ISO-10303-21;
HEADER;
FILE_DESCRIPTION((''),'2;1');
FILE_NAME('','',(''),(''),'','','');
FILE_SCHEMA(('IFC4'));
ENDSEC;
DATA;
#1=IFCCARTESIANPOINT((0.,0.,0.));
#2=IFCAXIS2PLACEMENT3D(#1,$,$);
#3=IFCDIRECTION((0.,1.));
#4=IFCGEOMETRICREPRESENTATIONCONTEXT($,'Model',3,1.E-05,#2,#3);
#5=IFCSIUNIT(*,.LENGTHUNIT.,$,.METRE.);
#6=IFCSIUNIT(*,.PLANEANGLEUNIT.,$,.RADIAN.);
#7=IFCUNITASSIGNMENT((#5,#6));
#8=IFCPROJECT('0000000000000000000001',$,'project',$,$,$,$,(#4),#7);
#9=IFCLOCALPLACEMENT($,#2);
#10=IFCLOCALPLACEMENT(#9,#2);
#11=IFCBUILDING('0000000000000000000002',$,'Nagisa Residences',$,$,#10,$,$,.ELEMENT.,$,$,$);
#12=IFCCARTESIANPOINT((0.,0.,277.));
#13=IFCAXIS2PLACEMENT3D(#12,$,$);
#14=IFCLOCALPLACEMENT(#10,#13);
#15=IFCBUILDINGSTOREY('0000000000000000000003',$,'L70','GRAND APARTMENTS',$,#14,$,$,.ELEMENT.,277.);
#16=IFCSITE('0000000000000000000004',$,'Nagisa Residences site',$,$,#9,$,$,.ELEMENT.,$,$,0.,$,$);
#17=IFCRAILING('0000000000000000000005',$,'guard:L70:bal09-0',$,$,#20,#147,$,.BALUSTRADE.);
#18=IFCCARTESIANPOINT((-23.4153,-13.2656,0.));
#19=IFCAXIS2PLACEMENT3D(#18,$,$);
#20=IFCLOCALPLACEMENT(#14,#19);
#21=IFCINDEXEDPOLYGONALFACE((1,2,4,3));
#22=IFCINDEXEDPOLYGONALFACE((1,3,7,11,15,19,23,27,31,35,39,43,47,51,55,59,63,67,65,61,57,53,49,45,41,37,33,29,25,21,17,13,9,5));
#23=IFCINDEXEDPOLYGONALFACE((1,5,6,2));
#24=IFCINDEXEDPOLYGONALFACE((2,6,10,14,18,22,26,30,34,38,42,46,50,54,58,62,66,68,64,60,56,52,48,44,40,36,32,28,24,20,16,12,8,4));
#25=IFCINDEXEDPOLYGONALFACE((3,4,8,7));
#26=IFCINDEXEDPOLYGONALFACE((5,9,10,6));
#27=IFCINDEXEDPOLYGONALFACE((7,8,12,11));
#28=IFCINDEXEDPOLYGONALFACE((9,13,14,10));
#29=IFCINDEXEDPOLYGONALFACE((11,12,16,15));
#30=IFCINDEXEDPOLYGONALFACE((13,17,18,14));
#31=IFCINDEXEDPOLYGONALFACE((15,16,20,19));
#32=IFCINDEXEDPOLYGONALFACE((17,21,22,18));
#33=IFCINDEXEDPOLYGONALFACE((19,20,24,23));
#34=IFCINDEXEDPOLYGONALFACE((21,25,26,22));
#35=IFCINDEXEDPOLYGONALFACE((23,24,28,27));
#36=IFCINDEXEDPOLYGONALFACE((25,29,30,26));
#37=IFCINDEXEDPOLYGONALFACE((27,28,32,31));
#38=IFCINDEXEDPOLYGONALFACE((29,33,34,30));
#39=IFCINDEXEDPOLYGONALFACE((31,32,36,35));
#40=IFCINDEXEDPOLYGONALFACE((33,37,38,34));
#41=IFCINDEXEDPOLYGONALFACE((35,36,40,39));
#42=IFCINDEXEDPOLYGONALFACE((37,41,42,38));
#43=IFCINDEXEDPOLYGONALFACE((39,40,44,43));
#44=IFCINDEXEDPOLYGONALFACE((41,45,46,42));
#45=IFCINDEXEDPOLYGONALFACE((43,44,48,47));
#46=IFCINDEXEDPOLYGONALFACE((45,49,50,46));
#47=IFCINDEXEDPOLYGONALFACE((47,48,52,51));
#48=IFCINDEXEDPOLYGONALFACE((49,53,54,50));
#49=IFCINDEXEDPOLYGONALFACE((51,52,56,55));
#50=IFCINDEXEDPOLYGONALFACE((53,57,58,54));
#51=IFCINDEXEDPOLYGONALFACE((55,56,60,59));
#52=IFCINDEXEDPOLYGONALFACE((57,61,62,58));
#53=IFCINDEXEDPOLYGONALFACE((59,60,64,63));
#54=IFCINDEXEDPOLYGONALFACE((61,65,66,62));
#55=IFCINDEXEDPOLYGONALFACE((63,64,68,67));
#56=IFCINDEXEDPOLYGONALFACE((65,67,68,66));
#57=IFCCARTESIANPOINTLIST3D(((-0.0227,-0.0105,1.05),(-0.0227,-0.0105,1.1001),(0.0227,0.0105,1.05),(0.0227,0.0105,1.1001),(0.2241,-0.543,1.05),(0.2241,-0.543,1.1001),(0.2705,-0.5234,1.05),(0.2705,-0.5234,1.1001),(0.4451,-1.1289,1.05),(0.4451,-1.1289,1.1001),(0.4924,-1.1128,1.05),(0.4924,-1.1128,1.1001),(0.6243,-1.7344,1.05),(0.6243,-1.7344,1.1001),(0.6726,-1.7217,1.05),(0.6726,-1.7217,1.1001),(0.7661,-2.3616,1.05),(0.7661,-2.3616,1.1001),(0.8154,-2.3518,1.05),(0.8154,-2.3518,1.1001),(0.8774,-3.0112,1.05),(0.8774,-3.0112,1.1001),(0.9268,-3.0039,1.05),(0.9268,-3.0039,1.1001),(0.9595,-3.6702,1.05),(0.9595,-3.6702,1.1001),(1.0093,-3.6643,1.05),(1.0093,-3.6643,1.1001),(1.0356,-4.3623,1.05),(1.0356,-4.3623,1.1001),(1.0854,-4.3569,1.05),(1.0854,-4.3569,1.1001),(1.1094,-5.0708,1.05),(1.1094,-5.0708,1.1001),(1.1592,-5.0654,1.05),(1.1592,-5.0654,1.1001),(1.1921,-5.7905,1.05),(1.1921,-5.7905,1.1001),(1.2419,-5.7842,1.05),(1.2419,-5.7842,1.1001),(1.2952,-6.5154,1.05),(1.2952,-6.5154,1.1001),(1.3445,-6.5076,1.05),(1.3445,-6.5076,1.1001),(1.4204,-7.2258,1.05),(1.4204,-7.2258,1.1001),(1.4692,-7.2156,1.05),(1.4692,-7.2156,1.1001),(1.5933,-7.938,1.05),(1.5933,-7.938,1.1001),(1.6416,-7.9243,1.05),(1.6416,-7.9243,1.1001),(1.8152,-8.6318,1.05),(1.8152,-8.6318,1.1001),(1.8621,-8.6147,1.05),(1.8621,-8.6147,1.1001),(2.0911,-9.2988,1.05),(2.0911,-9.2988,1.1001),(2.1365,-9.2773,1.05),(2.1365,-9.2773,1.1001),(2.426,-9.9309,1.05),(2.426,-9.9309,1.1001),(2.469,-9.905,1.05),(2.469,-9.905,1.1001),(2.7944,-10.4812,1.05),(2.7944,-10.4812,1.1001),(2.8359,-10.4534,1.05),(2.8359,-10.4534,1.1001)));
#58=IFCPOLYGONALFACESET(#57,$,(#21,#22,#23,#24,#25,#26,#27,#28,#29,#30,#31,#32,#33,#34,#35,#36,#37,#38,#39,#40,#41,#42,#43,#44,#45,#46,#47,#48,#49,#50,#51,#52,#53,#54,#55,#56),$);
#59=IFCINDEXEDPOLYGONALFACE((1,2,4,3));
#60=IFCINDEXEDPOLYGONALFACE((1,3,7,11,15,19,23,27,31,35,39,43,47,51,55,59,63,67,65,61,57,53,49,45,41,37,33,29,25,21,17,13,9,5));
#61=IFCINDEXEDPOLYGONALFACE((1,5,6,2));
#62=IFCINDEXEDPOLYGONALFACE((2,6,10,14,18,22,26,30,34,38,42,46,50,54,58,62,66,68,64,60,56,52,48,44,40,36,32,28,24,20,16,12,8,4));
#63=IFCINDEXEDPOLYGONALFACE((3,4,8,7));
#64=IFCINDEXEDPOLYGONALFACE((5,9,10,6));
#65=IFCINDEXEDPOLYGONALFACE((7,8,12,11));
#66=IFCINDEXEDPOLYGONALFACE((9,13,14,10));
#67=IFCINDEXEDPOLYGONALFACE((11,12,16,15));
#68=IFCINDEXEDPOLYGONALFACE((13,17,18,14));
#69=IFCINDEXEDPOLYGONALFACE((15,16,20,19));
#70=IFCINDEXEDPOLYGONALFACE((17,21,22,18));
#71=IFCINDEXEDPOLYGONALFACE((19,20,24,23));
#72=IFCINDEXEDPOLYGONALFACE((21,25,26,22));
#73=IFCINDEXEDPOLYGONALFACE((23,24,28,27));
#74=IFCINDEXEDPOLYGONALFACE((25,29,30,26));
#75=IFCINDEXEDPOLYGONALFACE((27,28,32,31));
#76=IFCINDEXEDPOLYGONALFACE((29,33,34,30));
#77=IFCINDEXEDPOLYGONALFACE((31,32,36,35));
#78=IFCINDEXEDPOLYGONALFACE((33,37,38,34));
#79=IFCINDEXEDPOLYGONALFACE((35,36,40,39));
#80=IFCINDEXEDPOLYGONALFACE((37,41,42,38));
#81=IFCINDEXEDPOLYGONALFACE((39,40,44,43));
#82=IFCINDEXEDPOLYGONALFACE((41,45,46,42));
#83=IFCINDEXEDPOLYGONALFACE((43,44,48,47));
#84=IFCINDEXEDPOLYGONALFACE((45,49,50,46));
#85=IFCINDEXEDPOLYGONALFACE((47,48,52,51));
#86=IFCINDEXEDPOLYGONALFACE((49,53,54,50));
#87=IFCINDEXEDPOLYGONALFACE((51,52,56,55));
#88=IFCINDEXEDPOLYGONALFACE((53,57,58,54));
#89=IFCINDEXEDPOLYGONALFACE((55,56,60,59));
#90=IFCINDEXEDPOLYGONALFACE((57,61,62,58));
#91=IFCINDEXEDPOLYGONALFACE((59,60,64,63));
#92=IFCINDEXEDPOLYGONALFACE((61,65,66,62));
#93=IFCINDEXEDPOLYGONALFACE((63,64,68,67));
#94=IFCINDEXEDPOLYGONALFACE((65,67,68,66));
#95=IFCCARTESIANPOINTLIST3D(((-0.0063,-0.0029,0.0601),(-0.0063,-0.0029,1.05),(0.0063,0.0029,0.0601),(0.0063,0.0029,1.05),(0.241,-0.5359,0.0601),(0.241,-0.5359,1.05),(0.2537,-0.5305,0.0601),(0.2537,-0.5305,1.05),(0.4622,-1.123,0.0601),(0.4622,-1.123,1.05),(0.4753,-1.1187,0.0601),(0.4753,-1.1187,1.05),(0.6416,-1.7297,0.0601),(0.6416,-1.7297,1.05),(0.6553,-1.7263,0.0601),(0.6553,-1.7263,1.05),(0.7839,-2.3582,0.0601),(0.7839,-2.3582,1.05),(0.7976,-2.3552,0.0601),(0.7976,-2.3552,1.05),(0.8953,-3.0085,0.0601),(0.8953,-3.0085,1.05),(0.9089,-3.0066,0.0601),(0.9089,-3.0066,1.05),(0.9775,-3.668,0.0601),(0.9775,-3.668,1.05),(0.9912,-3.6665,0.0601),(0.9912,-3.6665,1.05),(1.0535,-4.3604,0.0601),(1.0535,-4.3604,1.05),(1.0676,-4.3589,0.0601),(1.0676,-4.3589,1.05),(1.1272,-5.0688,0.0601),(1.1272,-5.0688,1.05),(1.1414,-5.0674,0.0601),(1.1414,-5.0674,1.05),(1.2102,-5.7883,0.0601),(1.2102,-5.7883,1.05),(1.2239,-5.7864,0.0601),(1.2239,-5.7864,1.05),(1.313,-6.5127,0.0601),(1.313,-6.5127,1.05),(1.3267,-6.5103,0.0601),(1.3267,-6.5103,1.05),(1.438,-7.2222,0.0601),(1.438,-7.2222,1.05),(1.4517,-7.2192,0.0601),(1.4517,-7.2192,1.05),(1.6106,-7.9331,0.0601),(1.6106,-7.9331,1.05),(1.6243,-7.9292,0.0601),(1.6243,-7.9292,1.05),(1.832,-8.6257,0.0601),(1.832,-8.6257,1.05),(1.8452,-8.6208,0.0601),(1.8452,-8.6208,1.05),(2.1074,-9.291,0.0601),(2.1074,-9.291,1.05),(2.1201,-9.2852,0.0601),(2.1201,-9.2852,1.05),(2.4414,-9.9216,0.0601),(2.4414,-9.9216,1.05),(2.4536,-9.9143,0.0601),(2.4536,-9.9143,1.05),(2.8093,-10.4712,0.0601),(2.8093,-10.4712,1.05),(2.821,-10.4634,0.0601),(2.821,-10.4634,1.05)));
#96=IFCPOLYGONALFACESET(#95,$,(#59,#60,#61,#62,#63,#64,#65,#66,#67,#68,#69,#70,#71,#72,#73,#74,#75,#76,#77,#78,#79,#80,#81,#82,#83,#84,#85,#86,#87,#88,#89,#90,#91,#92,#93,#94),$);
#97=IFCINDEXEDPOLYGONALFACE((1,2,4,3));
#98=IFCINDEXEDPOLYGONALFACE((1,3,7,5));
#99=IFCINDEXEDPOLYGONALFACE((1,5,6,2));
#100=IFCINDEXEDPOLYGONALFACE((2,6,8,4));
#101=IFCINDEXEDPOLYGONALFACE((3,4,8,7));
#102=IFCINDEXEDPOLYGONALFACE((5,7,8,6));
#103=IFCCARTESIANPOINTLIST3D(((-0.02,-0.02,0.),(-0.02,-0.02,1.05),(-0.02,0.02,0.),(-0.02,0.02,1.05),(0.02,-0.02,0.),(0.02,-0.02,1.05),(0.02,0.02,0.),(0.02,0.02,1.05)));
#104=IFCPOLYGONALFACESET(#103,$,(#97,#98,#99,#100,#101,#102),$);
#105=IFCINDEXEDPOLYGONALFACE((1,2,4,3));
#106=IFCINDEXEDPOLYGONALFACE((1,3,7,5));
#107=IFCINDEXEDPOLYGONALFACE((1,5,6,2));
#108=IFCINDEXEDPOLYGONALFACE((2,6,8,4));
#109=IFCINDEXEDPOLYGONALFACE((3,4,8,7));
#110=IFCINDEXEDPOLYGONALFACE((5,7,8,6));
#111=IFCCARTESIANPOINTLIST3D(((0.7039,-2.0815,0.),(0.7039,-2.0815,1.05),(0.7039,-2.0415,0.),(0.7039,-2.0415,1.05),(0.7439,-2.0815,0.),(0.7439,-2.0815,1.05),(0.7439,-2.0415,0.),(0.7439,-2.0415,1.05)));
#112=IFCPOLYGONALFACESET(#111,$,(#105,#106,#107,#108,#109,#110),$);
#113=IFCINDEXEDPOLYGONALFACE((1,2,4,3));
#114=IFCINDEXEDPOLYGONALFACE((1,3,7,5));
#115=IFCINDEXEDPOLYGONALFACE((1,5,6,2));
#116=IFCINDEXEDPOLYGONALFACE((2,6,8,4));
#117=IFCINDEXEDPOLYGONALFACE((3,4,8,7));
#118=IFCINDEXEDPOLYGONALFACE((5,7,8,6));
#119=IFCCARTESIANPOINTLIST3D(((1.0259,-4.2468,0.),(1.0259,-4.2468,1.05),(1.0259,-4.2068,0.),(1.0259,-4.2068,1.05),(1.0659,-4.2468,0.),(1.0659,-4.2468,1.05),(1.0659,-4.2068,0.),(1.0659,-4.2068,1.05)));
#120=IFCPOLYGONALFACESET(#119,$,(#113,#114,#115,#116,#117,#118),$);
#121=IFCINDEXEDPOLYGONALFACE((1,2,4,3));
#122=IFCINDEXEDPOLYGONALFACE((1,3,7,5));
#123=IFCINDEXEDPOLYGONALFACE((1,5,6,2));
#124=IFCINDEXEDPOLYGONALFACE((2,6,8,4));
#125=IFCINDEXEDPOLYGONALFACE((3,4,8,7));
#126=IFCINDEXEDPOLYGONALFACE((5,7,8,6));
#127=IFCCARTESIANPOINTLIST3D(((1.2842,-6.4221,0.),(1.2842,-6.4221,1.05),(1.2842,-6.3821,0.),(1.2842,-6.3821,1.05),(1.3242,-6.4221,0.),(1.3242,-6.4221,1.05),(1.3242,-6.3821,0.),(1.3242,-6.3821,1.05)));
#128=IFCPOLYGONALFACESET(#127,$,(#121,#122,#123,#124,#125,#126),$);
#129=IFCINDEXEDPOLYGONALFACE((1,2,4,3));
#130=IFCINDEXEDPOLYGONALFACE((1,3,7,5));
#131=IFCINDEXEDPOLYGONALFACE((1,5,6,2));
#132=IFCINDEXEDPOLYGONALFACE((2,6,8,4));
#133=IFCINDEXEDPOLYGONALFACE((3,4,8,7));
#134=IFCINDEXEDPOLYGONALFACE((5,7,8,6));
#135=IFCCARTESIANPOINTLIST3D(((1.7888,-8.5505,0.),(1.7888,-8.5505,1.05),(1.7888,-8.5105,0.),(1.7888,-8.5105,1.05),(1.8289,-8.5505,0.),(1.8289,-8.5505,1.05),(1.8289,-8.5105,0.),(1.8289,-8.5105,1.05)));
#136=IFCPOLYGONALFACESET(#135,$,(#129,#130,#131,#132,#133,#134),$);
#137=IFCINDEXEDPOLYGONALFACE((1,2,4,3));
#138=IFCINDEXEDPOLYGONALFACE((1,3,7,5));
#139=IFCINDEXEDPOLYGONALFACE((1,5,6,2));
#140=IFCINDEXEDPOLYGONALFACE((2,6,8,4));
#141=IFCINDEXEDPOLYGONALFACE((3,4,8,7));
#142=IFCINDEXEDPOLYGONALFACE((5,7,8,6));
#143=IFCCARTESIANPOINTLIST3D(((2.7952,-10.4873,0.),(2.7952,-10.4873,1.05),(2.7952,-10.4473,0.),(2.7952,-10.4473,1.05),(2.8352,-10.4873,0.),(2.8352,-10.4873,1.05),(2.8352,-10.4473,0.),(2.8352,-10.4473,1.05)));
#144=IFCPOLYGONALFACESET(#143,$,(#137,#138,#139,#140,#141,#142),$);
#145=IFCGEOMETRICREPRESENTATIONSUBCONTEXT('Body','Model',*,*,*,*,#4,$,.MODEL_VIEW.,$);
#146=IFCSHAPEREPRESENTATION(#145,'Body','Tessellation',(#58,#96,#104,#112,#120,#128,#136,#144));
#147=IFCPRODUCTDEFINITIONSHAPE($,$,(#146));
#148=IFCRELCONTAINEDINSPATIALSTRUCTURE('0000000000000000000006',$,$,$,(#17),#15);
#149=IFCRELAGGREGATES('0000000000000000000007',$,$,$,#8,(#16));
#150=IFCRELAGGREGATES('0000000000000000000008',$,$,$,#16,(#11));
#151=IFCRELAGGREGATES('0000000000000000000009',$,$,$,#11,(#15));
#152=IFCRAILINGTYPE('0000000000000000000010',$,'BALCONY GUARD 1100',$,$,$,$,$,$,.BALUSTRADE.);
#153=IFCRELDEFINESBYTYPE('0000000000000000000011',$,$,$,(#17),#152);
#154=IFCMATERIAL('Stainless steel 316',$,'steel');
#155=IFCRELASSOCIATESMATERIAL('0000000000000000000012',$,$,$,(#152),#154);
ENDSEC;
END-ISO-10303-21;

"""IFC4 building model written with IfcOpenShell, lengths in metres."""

from ifc_helpers import new_model, si_unit, direction, frame, origin, origin_2d, place, context, subcontext, project, spatial, polyline, rectangle, outline, extrude, material, type_object, element, save


model = new_model("IFC4")

# Units and contexts
model_context = context("Model", 3, precision=1e-05, world=origin(), true_north=direction((0.0, 1.0)))
body_context = subcontext(model_context, "Body", "Model", "MODEL_VIEW")
ifc_project = project(units=[si_unit("LENGTHUNIT", "METRE"), si_unit("PLANEANGLEUNIT", "RADIAN")], contexts=[model_context])

# Site, building, storey
site_placement = place(None, origin())
site = spatial("IfcSite", under=ifc_project, at=site_placement, Name="Nagisa Residences site", CompositionType="ELEMENT", RefElevation=0.0)
building_placement = place(site_placement, origin())
building = spatial("IfcBuilding", under=site, at=building_placement, Name="Nagisa Residences", CompositionType="ELEMENT")
storey_placement = place(building_placement, frame((0.0, 0.0, 277.0)))
storey = spatial("IfcBuildingStorey", under=building, at=storey_placement, Name="L70", Description="GRAND APARTMENTS", CompositionType="ELEMENT", Elevation=277.0)

# Railing
ifc_material_1 = material(Name="Stainless steel 316", Category="steel")
railing_type = type_object("IfcRailingType", Name="BALCONY GUARD 1100", PredefinedType="BALUSTRADE", material=ifc_material_1)
railing_1_placement = place(storey_placement, frame((-23.4153, -13.2656, 0.0)))
element("IfcRailing", 1, at=railing_1_placement, inside=storey, type_object=railing_type, Name="guard:L70:bal09-0", PredefinedType="BALUSTRADE", context=body_context, shape_type="SweptSolid", body=[
    extrude(outline(polyline([(0.2705, -0.5234), (0.0227, 0.0105), (-0.0227, -0.0105), (0.2241, -0.543), (0.4451, -1.1289), (0.6243, -1.7344), (0.7661, -2.3616), (0.8774, -3.0112), (0.9595, -3.6702), (1.0356, -4.3623), (1.1094, -5.0708), (1.1921, -5.7905), (1.2952, -6.5154), (1.4204, -7.2258), (1.5933, -7.938), (1.8152, -8.6318), (2.0911, -9.2988), (2.426, -9.9309), (2.7944, -10.4812), (2.8359, -10.4534), (2.469, -9.905), (2.1365, -9.2773), (1.8621, -8.6147), (1.6416, -7.9243), (1.4692, -7.2156), (1.3445, -6.5076), (1.2419, -5.7842), (1.1592, -5.0654), (1.0854, -4.3569), (1.0093, -3.6643), (0.9268, -3.0039), (0.8154, -2.3518), (0.6726, -1.7217), (0.4924, -1.1128), (0.2705, -0.5234)])), frame((0.0, 0.0, 1.05)), (0.0, 0.0, 1.0), 0.05),
    extrude(outline(polyline([(0.2537, -0.5305), (0.0063, 0.0029), (-0.0063, -0.0029), (0.241, -0.5359), (0.4622, -1.123), (0.6416, -1.7297), (0.7839, -2.3582), (0.8953, -3.0085), (0.9775, -3.668), (1.0535, -4.3604), (1.1272, -5.0688), (1.2102, -5.7883), (1.313, -6.5127), (1.438, -7.2222), (1.6106, -7.9331), (1.832, -8.6257), (2.1074, -9.291), (2.4414, -9.9216), (2.8093, -10.4712), (2.821, -10.4634), (2.4536, -9.9143), (2.1201, -9.2852), (1.8452, -8.6208), (1.6243, -7.9292), (1.4517, -7.2192), (1.3267, -6.5103), (1.2239, -5.7864), (1.1414, -5.0674), (1.0676, -4.3589), (0.9912, -3.6665), (0.9089, -3.0066), (0.7976, -2.3552), (0.6553, -1.7263), (0.4753, -1.1187), (0.2537, -0.5305)])), frame((0.0, 0.0, 0.0601)), (0.0, 0.0, 1.0), 0.99),
    extrude(rectangle(XDim=0.04, YDim=0.04, at=origin_2d()), origin(), (0.0, 0.0, 1.0), 1.05),
    extrude(rectangle(XDim=0.04, YDim=0.04, at=origin_2d()), frame((0.7239, -2.0615, 0.0)), (0.0, 0.0, 1.0), 1.05),
    extrude(rectangle(XDim=0.04, YDim=0.04, at=origin_2d()), frame((1.0459, -4.2268, 0.0)), (0.0, 0.0, 1.0), 1.05),
    extrude(rectangle(XDim=0.04, YDim=0.04, at=origin_2d()), frame((1.3042, -6.4021, 0.0)), (0.0, 0.0, 1.0), 1.05),
    extrude(rectangle(XDim=0.04, YDim=0.04, at=origin_2d()), frame((1.8088, -8.5305, 0.0)), (0.0, 0.0, 1.0), 1.05),
    extrude(rectangle(XDim=0.04, YDim=0.04, at=origin_2d()), frame((2.8152, -10.4673, 0.0)), (0.0, 0.0, 1.0), 1.05),
])

save(model, "model.ifc")
